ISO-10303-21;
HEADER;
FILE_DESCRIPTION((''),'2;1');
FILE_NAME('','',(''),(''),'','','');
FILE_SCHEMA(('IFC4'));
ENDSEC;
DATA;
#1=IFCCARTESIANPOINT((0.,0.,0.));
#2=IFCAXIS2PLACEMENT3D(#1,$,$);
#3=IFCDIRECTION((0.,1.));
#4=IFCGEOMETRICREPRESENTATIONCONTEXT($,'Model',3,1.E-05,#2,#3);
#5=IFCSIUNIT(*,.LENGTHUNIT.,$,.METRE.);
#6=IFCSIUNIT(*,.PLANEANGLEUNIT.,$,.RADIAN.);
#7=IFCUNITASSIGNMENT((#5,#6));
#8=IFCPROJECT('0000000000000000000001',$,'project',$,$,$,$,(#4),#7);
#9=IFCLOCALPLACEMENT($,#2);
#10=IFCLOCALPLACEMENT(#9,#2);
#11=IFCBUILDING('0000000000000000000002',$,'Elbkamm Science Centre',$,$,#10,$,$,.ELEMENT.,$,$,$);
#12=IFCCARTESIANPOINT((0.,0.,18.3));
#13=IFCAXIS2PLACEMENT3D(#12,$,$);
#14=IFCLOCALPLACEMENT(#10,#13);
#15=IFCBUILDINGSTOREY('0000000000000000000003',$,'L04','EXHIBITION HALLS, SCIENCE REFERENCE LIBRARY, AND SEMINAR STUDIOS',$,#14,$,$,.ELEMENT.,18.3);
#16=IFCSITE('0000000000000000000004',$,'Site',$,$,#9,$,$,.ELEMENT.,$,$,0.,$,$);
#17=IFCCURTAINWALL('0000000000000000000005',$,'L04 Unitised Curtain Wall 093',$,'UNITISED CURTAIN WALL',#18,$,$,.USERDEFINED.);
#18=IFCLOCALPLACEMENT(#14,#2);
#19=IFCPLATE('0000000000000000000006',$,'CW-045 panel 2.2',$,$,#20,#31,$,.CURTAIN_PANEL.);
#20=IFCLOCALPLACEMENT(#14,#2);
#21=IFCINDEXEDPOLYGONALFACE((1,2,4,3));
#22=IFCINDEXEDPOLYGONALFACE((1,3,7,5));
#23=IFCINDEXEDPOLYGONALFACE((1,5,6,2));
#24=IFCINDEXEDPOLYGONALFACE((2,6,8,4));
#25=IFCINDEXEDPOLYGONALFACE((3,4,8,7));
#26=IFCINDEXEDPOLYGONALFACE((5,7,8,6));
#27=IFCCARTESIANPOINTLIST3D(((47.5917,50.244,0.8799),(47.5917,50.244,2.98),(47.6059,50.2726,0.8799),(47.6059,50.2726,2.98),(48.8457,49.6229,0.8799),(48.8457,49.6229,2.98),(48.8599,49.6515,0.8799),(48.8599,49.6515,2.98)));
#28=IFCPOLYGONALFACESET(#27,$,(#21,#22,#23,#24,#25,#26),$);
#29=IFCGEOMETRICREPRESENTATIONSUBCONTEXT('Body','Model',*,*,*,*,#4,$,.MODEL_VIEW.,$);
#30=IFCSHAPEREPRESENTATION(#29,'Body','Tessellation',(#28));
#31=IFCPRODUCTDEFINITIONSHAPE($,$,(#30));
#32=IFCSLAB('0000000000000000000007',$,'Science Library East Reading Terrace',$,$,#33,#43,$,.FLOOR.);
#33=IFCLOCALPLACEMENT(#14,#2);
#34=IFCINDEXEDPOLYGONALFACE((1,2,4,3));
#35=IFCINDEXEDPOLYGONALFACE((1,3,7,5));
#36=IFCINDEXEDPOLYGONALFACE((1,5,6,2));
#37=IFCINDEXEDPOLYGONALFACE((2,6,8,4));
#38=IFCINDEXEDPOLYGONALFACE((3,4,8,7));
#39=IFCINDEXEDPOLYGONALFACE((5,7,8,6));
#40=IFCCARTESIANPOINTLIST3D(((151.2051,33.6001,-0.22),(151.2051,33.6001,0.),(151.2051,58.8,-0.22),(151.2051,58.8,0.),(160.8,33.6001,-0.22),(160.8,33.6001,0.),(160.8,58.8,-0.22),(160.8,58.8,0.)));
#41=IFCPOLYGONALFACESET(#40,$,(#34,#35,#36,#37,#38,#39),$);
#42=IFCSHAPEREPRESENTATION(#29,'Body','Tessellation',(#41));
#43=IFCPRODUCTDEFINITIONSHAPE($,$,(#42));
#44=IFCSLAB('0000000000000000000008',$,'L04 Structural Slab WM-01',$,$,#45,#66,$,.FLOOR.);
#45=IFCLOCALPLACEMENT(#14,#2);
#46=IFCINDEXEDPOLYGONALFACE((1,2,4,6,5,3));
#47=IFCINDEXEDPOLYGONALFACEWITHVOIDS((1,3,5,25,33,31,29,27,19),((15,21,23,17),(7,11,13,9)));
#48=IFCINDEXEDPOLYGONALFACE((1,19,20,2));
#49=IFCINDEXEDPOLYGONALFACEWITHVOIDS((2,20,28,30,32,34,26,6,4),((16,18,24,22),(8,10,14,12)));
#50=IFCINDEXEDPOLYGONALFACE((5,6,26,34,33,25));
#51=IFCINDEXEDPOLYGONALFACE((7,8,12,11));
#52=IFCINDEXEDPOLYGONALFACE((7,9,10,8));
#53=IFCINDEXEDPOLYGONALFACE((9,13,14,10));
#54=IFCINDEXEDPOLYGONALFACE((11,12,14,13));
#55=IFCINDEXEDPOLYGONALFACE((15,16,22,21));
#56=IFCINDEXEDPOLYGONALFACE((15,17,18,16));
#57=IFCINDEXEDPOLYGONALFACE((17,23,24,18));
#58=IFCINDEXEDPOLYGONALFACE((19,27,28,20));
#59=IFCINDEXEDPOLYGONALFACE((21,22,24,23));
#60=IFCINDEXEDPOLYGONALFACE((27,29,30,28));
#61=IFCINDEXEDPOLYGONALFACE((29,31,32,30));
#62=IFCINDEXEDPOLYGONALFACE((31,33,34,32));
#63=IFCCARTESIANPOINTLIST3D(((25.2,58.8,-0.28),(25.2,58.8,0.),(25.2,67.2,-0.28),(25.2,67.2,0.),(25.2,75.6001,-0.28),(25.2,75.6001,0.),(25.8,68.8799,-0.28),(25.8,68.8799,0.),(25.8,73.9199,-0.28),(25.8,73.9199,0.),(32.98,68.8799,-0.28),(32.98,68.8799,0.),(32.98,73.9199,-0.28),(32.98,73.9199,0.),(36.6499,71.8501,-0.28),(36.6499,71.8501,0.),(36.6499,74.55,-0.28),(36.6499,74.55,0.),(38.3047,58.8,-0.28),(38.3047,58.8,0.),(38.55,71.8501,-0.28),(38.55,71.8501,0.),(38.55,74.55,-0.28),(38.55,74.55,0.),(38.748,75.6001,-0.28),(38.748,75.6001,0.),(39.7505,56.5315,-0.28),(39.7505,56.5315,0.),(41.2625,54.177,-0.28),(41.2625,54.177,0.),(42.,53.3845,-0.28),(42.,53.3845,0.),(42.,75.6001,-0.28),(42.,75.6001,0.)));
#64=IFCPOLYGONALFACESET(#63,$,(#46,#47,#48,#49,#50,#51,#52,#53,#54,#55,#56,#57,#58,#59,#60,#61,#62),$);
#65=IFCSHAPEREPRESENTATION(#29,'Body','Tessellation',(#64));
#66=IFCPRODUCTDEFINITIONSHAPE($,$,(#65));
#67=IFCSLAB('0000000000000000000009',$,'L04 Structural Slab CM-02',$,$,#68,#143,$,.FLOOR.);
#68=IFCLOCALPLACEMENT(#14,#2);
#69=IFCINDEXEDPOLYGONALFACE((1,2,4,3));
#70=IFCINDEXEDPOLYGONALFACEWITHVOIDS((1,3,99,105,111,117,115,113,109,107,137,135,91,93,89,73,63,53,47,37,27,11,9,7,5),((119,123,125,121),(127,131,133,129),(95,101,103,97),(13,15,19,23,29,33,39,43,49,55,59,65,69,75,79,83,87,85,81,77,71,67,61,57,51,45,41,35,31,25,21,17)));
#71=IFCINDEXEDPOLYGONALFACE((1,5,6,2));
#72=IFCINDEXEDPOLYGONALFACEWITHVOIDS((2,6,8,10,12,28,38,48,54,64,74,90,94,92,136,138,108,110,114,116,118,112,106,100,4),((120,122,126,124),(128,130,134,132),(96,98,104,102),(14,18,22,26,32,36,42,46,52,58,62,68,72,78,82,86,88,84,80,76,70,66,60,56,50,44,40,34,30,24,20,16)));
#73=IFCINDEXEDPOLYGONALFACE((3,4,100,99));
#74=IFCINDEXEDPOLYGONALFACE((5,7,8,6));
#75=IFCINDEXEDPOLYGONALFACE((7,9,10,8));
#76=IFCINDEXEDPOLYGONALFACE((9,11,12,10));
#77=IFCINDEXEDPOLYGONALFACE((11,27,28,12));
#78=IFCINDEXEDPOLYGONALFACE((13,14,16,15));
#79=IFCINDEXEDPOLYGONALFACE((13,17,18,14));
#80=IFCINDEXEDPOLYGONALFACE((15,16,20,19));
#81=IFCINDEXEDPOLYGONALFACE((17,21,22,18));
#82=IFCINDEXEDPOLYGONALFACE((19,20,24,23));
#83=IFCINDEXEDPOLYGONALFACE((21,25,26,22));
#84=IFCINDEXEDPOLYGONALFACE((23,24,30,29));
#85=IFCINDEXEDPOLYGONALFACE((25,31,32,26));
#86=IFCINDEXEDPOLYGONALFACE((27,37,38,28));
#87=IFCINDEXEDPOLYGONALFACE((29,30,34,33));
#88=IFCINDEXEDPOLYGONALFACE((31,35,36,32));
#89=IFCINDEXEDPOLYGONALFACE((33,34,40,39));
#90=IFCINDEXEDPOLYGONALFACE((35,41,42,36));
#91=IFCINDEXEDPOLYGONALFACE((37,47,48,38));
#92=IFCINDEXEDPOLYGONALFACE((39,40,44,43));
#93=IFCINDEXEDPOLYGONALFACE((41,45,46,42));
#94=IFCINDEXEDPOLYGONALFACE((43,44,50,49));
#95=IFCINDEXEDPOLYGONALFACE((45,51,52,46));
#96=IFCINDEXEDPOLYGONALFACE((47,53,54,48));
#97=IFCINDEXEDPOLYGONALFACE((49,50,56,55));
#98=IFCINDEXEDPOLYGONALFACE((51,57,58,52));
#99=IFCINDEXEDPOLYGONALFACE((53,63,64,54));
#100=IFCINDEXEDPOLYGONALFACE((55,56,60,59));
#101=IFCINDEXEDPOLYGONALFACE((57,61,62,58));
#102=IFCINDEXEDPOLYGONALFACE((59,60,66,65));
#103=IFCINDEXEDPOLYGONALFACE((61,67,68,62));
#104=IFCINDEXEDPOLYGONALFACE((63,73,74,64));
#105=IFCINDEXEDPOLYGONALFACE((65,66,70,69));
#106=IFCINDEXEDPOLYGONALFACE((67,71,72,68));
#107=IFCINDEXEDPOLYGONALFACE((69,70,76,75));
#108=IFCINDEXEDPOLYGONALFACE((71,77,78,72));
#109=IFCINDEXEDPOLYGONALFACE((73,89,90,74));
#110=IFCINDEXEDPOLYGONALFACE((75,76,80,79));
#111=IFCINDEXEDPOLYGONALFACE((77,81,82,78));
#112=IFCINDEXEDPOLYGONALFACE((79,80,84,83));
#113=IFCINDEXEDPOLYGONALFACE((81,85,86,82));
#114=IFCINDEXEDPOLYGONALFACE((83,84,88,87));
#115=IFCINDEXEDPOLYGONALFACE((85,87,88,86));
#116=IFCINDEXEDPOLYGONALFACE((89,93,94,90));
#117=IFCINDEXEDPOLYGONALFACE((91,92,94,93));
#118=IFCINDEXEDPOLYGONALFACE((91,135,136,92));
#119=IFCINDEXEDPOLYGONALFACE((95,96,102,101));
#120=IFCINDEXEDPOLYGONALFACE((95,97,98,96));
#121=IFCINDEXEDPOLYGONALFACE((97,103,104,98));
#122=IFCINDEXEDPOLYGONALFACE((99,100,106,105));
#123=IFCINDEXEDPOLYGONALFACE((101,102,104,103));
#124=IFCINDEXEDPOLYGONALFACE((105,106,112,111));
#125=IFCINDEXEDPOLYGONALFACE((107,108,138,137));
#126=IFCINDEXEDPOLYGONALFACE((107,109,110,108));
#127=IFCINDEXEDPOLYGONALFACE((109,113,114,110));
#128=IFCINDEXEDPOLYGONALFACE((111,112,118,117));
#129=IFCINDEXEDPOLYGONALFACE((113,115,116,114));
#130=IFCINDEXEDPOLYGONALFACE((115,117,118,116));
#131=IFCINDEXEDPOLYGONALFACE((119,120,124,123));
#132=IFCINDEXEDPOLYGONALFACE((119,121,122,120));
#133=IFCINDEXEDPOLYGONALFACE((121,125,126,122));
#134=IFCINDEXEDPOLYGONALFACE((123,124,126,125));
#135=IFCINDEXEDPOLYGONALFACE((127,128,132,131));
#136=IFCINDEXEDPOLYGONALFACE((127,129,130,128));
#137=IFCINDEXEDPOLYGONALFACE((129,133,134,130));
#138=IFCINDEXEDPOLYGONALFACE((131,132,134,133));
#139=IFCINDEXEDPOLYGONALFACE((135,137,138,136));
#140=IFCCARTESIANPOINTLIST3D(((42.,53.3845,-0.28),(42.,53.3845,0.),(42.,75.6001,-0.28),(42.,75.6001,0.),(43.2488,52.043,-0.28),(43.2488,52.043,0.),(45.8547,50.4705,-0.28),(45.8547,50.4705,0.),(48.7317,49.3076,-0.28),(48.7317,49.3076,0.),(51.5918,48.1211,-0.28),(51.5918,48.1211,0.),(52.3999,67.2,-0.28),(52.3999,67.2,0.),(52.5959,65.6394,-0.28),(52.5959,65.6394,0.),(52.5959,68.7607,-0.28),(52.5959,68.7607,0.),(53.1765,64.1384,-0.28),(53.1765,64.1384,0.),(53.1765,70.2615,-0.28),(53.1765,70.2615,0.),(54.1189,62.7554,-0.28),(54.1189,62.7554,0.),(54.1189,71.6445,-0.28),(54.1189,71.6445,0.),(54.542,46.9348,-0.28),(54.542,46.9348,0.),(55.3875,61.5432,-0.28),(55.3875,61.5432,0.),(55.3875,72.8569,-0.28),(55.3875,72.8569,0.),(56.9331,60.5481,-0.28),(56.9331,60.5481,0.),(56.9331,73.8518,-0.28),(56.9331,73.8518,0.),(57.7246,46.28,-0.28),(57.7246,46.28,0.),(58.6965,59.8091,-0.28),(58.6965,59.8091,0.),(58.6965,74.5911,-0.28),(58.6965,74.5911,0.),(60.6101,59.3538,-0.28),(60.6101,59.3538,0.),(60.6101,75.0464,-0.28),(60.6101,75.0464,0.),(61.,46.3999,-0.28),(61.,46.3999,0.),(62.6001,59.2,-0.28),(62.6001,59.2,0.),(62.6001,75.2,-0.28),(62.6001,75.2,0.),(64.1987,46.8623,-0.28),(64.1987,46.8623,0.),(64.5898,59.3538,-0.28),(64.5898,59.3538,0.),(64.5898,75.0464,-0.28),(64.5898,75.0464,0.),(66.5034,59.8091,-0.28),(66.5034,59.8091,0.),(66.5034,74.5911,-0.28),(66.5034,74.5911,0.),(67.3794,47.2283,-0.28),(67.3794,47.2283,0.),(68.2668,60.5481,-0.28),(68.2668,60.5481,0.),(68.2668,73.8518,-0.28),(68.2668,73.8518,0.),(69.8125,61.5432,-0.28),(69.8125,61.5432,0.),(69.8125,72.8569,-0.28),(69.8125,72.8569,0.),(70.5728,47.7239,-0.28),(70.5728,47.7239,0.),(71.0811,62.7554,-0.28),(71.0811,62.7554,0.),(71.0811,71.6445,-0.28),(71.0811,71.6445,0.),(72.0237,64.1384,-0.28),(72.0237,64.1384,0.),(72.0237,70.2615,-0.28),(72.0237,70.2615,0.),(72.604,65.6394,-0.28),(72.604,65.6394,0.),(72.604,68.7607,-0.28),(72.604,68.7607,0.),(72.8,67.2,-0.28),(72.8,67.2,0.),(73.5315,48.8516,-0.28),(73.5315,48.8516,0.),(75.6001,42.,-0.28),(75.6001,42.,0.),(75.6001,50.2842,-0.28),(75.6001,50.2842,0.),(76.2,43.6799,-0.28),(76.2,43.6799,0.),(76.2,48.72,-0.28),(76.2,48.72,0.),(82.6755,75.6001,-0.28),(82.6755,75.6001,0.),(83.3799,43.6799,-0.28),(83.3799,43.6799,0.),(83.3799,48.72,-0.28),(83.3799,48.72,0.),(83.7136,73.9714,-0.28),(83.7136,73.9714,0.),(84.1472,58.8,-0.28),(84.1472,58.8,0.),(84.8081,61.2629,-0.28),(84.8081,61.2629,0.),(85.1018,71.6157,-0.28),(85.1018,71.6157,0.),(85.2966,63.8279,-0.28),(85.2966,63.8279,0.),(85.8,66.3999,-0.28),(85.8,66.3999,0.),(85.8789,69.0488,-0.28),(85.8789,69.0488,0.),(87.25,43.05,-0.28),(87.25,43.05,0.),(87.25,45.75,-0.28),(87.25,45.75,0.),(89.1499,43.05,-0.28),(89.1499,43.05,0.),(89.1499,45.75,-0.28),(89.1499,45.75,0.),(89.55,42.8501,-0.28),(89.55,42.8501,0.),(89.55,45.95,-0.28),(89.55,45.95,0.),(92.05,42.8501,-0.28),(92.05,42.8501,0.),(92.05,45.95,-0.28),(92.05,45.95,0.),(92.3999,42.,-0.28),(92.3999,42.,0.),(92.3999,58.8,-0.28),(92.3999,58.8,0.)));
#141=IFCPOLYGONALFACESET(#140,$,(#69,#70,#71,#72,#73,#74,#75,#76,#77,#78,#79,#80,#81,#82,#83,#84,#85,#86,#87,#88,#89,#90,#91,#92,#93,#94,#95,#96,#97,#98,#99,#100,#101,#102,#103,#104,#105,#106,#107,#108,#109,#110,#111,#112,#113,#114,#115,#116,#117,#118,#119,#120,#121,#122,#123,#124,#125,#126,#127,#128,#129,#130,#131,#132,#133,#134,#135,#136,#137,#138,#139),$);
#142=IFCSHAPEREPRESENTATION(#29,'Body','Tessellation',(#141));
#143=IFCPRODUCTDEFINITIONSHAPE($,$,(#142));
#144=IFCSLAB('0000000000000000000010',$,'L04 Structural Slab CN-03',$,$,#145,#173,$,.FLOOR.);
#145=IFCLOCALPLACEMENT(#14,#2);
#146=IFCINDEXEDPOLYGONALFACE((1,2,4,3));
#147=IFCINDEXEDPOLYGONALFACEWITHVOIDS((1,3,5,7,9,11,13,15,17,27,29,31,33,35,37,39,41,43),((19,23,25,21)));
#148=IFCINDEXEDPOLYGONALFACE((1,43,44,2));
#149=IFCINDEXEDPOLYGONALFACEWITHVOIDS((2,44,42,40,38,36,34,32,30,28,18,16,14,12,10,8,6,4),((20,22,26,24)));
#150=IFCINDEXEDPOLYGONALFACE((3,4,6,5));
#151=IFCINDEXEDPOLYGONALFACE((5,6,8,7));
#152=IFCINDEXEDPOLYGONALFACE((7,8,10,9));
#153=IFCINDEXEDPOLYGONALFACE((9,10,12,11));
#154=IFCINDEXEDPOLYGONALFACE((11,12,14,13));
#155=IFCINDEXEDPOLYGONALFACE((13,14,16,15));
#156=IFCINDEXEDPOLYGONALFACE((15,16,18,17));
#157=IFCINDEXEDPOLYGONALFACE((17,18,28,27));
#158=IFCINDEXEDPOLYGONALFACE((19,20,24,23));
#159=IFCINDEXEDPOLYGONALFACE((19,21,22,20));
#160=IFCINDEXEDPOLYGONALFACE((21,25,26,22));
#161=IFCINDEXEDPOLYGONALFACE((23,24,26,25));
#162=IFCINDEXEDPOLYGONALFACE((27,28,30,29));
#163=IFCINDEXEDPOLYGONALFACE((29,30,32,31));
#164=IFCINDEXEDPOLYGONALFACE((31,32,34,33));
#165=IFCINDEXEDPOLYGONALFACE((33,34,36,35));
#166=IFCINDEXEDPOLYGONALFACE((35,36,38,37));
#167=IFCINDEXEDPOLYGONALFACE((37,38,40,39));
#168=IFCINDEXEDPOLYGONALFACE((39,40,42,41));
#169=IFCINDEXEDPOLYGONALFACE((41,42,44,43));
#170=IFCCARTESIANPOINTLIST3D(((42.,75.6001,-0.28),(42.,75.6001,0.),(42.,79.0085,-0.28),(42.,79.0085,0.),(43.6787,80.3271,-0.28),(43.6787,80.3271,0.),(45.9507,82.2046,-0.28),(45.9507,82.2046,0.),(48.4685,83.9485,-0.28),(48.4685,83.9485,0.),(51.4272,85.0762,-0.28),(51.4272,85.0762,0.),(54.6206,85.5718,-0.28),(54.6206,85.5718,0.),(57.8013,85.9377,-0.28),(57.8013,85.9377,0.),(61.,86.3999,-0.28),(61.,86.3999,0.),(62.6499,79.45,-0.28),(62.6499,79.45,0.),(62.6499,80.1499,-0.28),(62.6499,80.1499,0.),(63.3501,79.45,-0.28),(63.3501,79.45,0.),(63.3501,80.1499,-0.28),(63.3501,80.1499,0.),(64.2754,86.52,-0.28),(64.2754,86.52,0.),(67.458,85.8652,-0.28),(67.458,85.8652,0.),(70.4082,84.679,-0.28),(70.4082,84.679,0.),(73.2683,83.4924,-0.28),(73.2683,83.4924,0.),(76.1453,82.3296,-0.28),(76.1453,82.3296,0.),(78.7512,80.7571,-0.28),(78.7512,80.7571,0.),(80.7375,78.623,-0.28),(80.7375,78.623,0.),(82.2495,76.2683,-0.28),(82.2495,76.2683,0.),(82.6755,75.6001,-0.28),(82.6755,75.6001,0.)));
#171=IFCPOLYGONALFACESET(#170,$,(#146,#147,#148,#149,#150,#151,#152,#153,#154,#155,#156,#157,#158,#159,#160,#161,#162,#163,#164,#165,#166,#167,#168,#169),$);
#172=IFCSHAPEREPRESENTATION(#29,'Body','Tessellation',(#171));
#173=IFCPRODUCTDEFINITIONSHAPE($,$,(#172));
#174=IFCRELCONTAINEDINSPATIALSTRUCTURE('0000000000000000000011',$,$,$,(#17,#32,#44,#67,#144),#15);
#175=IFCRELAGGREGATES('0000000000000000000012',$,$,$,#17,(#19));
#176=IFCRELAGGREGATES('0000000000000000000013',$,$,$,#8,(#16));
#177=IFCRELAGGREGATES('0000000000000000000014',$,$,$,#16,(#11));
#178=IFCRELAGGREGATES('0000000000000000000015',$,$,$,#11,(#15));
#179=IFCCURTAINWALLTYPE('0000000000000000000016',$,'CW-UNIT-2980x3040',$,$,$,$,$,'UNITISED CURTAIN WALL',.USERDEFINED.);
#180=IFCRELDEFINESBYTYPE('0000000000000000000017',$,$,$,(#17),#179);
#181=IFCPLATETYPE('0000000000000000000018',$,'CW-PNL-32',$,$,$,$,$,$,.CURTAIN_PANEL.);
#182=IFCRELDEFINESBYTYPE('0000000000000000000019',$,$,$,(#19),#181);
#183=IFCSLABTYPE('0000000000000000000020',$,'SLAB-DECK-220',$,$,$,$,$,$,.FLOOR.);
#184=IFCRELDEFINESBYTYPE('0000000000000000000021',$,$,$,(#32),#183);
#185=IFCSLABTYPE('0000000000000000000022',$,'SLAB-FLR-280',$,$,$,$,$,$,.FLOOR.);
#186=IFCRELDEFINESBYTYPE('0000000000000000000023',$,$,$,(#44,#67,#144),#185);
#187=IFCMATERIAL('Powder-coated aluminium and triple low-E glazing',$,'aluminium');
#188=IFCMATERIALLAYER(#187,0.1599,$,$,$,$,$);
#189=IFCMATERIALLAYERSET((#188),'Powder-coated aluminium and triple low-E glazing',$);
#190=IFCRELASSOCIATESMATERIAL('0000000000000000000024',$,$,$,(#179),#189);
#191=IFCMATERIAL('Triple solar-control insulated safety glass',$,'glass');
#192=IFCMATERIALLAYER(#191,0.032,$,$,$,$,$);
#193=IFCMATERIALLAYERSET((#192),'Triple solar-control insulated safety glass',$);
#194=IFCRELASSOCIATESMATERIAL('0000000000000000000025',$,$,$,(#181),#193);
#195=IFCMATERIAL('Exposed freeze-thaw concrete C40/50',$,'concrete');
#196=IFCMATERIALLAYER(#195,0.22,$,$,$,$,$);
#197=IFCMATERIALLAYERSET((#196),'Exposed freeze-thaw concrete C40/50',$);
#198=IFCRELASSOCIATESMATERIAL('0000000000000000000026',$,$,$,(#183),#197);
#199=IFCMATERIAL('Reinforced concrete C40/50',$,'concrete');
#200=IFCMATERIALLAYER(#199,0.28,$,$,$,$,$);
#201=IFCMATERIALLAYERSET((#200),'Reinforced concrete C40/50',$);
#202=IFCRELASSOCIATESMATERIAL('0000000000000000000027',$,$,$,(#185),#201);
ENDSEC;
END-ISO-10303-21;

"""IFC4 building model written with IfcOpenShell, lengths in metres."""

from ifc_helpers import new_model, si_unit, direction, frame, origin, origin_2d, place, context, subcontext, project, spatial, polyline, rectangle, outline, extrude, material, layer, layer_set, type_object, element, aggregate, save


model = new_model("IFC4")

# Units and contexts
model_context = context("Model", 3, precision=1e-05, world=origin(), true_north=direction((0.0, 1.0)))
body_context = subcontext(model_context, "Body", "Model", "MODEL_VIEW")
ifc_project = project(units=[si_unit("LENGTHUNIT", "METRE"), si_unit("PLANEANGLEUNIT", "RADIAN")], contexts=[model_context])

# Site, building, storey
site_placement = place(None, origin())
site = spatial("IfcSite", under=ifc_project, at=site_placement, Name="Site", CompositionType="ELEMENT", RefElevation=0.0)
building_placement = place(site_placement, origin())
building = spatial("IfcBuilding", under=site, at=building_placement, Name="Elbkamm Science Centre", CompositionType="ELEMENT")
storey_placement = place(building_placement, frame((0.0, 0.0, 18.3)))
storey = spatial("IfcBuildingStorey", under=building, at=storey_placement, Name="L04", Description="EXHIBITION HALLS, SCIENCE REFERENCE LIBRARY, AND SEMINAR STUDIOS", CompositionType="ELEMENT", Elevation=18.3)

# Curtain wall
ifc_material_1 = material(Name="Powder-coated aluminium and triple low-E glazing", Category="aluminium")
ifc_layer_1 = layer(ifc_material_1, 0.1599)
ifc_layer_set_1 = layer_set([ifc_layer_1], Name="Powder-coated aluminium and triple low-E glazing")
curtain_wall_type_1 = type_object("IfcCurtainWallType", Name="CW-UNIT-2980x3040", ElementType="UNITISED CURTAIN WALL", PredefinedType="USERDEFINED", material=ifc_layer_set_1)
curtain_wall_1_placement = place(storey_placement, origin())
curtain_wall_1 = element("IfcCurtainWall", 1, at=curtain_wall_1_placement, inside=storey, type_object=curtain_wall_type_1, Name="L04 Unitised Curtain Wall 093", ObjectType="UNITISED CURTAIN WALL", PredefinedType="USERDEFINED")

# Plate
ifc_material_2 = material(Name="Triple solar-control insulated safety glass", Category="glass")
ifc_layer_2 = layer(ifc_material_2, 0.032)
ifc_layer_set_2 = layer_set([ifc_layer_2], Name="Triple solar-control insulated safety glass")
plate_type = type_object("IfcPlateType", Name="CW-PNL-32", PredefinedType="CURTAIN_PANEL", material=ifc_layer_set_2)
plate_1_placement = place(storey_placement, frame((48.2258, 49.9478, 0.8799), z_axis=(0.0, 0.0, 1.0), x_axis=(0.896106, -0.44384, 0.0)))
plate_1 = element("IfcPlate", 2, at=plate_1_placement, type_object=plate_type, Name="CW-045 panel 2.2", PredefinedType="CURTAIN_PANEL", context=body_context, shape_type="SweptSolid", body=[
    extrude(rectangle(XDim=1.3994, YDim=0.032, at=origin_2d()), origin(), (0.0, 0.0, 1.0), 2.1001),
])
aggregate(curtain_wall_1, [plate_1])

# Slabs
ifc_material_3 = material(Name="Exposed freeze-thaw concrete C40/50", Category="concrete")
ifc_layer_3 = layer(ifc_material_3, 0.22)
ifc_layer_set_3 = layer_set([ifc_layer_3], Name="Exposed freeze-thaw concrete C40/50")
slab_type_1 = type_object("IfcSlabType", Name="SLAB-DECK-220", PredefinedType="FLOOR", material=ifc_layer_set_3)
slab_1_placement = place(storey_placement, frame((0.0, 0.0, -0.22)))
element("IfcSlab", 3, at=slab_1_placement, inside=storey, type_object=slab_type_1, Name="Science Library East Reading Terrace", PredefinedType="FLOOR", context=body_context, shape_type="SweptSolid", body=[
    extrude(outline(polyline([(160.8, 33.6001), (151.2051, 33.6001), (151.2051, 58.8), (160.8, 58.8), (160.8, 33.6001)])), origin(), (0.0, 0.0, 1.0), 0.22),
])
ifc_material_4 = material(Name="Reinforced concrete C40/50", Category="concrete")
ifc_layer_4 = layer(ifc_material_4, 0.28)
ifc_layer_set_4 = layer_set([ifc_layer_4], Name="Reinforced concrete C40/50")
slab_type_2 = type_object("IfcSlabType", Name="SLAB-FLR-280", PredefinedType="FLOOR", material=ifc_layer_set_4)
slab_2_placement = place(storey_placement, frame((0.0, 0.0, -0.28)))
element("IfcSlab", 4, at=slab_2_placement, inside=storey, type_object=slab_type_2, Name="L04 Structural Slab WM-01", PredefinedType="FLOOR", context=body_context, shape_type="SweptSolid", body=[
    extrude(outline(polyline([(41.2625, 54.177), (39.7505, 56.5315), (38.3047, 58.8), (25.2, 58.8), (25.2, 67.2), (25.2, 75.6001), (38.748, 75.6001), (42.0, 75.6001), (42.0, 53.3845), (41.2625, 54.177)]), holes=[polyline([(25.8, 68.8799), (32.98, 68.8799), (32.98, 73.9199), (25.8, 73.9199), (25.8, 68.8799)]), polyline([(36.6499, 71.8501), (38.55, 71.8501), (38.55, 74.55), (36.6499, 74.55), (36.6499, 71.8501)])]), origin(), (0.0, 0.0, 1.0), 0.28),
])
slab_3_placement = place(storey_placement, frame((0.0, 0.0, -0.28)))
element("IfcSlab", 5, at=slab_3_placement, inside=storey, type_object=slab_type_2, Name="L04 Structural Slab CM-02", PredefinedType="FLOOR", context=body_context, shape_type="SweptSolid", body=[
    extrude(outline(polyline([(45.8547, 50.4705), (43.2488, 52.043), (42.0, 53.3845), (42.0, 75.6001), (82.6755, 75.6001), (83.7136, 73.9714), (85.1018, 71.6157), (85.8789, 69.0488), (85.8, 66.3999), (85.2966, 63.8279), (84.8081, 61.2629), (84.1472, 58.8), (92.3999, 58.8), (92.3999, 42.0), (75.6001, 42.0), (75.6001, 50.2842), (73.5315, 48.8516), (70.5728, 47.7239), (67.3794, 47.2283), (64.1987, 46.8623), (61.0, 46.3999), (57.7246, 46.28), (54.542, 46.9348), (51.5918, 48.1211), (48.7317, 49.3076), (45.8547, 50.4705)]), holes=[polyline([(52.3999, 67.2), (52.5959, 65.6394), (53.1765, 64.1384), (54.1189, 62.7554), (55.3875, 61.5432), (56.9331, 60.5481), (58.6965, 59.8091), (60.6101, 59.3538), (62.6001, 59.2), (64.5898, 59.3538), (66.5034, 59.8091), (68.2668, 60.5481), (69.8125, 61.5432), (71.0811, 62.7554), (72.0237, 64.1384), (72.604, 65.6394), (72.8, 67.2), (72.604, 68.7607), (72.0237, 70.2615), (71.0811, 71.6445), (69.8125, 72.8569), (68.2668, 73.8518), (66.5034, 74.5911), (64.5898, 75.0464), (62.6001, 75.2), (60.6101, 75.0464), (58.6965, 74.5911), (56.9331, 73.8518), (55.3875, 72.8569), (54.1189, 71.6445), (53.1765, 70.2615), (52.5959, 68.7607), (52.3999, 67.2)]), polyline([(83.3799, 48.72), (76.2, 48.72), (76.2, 43.6799), (83.3799, 43.6799), (83.3799, 48.72)]), polyline([(89.1499, 45.75), (87.25, 45.75), (87.25, 43.05), (89.1499, 43.05), (89.1499, 45.75)]), polyline([(92.05, 42.8501), (92.05, 45.95), (89.55, 45.95), (89.55, 42.8501), (92.05, 42.8501)])]), origin(), (0.0, 0.0, 1.0), 0.28),
])
slab_4_placement = place(storey_placement, frame((0.0, 0.0, -0.28)))
element("IfcSlab", 6, at=slab_4_placement, inside=storey, type_object=slab_type_2, Name="L04 Structural Slab CN-03", PredefinedType="FLOOR", context=body_context, shape_type="SweptSolid", body=[
    extrude(outline(polyline([(45.9507, 82.2046), (48.4685, 83.9485), (51.4272, 85.0762), (54.6206, 85.5718), (57.8013, 85.9377), (61.0, 86.3999), (64.2754, 86.52), (67.458, 85.8652), (70.4082, 84.679), (73.2683, 83.4924), (76.1453, 82.3296), (78.7512, 80.7571), (80.7375, 78.623), (82.2495, 76.2683), (82.6755, 75.6001), (42.0, 75.6001), (42.0, 79.0085), (43.6787, 80.3271), (45.9507, 82.2046)]), holes=[polyline([(63.3501, 80.1499), (62.6499, 80.1499), (62.6499, 79.45), (63.3501, 79.45), (63.3501, 80.1499)])]), origin(), (0.0, 0.0, 1.0), 0.28),
])

save(model, "model.ifc")
